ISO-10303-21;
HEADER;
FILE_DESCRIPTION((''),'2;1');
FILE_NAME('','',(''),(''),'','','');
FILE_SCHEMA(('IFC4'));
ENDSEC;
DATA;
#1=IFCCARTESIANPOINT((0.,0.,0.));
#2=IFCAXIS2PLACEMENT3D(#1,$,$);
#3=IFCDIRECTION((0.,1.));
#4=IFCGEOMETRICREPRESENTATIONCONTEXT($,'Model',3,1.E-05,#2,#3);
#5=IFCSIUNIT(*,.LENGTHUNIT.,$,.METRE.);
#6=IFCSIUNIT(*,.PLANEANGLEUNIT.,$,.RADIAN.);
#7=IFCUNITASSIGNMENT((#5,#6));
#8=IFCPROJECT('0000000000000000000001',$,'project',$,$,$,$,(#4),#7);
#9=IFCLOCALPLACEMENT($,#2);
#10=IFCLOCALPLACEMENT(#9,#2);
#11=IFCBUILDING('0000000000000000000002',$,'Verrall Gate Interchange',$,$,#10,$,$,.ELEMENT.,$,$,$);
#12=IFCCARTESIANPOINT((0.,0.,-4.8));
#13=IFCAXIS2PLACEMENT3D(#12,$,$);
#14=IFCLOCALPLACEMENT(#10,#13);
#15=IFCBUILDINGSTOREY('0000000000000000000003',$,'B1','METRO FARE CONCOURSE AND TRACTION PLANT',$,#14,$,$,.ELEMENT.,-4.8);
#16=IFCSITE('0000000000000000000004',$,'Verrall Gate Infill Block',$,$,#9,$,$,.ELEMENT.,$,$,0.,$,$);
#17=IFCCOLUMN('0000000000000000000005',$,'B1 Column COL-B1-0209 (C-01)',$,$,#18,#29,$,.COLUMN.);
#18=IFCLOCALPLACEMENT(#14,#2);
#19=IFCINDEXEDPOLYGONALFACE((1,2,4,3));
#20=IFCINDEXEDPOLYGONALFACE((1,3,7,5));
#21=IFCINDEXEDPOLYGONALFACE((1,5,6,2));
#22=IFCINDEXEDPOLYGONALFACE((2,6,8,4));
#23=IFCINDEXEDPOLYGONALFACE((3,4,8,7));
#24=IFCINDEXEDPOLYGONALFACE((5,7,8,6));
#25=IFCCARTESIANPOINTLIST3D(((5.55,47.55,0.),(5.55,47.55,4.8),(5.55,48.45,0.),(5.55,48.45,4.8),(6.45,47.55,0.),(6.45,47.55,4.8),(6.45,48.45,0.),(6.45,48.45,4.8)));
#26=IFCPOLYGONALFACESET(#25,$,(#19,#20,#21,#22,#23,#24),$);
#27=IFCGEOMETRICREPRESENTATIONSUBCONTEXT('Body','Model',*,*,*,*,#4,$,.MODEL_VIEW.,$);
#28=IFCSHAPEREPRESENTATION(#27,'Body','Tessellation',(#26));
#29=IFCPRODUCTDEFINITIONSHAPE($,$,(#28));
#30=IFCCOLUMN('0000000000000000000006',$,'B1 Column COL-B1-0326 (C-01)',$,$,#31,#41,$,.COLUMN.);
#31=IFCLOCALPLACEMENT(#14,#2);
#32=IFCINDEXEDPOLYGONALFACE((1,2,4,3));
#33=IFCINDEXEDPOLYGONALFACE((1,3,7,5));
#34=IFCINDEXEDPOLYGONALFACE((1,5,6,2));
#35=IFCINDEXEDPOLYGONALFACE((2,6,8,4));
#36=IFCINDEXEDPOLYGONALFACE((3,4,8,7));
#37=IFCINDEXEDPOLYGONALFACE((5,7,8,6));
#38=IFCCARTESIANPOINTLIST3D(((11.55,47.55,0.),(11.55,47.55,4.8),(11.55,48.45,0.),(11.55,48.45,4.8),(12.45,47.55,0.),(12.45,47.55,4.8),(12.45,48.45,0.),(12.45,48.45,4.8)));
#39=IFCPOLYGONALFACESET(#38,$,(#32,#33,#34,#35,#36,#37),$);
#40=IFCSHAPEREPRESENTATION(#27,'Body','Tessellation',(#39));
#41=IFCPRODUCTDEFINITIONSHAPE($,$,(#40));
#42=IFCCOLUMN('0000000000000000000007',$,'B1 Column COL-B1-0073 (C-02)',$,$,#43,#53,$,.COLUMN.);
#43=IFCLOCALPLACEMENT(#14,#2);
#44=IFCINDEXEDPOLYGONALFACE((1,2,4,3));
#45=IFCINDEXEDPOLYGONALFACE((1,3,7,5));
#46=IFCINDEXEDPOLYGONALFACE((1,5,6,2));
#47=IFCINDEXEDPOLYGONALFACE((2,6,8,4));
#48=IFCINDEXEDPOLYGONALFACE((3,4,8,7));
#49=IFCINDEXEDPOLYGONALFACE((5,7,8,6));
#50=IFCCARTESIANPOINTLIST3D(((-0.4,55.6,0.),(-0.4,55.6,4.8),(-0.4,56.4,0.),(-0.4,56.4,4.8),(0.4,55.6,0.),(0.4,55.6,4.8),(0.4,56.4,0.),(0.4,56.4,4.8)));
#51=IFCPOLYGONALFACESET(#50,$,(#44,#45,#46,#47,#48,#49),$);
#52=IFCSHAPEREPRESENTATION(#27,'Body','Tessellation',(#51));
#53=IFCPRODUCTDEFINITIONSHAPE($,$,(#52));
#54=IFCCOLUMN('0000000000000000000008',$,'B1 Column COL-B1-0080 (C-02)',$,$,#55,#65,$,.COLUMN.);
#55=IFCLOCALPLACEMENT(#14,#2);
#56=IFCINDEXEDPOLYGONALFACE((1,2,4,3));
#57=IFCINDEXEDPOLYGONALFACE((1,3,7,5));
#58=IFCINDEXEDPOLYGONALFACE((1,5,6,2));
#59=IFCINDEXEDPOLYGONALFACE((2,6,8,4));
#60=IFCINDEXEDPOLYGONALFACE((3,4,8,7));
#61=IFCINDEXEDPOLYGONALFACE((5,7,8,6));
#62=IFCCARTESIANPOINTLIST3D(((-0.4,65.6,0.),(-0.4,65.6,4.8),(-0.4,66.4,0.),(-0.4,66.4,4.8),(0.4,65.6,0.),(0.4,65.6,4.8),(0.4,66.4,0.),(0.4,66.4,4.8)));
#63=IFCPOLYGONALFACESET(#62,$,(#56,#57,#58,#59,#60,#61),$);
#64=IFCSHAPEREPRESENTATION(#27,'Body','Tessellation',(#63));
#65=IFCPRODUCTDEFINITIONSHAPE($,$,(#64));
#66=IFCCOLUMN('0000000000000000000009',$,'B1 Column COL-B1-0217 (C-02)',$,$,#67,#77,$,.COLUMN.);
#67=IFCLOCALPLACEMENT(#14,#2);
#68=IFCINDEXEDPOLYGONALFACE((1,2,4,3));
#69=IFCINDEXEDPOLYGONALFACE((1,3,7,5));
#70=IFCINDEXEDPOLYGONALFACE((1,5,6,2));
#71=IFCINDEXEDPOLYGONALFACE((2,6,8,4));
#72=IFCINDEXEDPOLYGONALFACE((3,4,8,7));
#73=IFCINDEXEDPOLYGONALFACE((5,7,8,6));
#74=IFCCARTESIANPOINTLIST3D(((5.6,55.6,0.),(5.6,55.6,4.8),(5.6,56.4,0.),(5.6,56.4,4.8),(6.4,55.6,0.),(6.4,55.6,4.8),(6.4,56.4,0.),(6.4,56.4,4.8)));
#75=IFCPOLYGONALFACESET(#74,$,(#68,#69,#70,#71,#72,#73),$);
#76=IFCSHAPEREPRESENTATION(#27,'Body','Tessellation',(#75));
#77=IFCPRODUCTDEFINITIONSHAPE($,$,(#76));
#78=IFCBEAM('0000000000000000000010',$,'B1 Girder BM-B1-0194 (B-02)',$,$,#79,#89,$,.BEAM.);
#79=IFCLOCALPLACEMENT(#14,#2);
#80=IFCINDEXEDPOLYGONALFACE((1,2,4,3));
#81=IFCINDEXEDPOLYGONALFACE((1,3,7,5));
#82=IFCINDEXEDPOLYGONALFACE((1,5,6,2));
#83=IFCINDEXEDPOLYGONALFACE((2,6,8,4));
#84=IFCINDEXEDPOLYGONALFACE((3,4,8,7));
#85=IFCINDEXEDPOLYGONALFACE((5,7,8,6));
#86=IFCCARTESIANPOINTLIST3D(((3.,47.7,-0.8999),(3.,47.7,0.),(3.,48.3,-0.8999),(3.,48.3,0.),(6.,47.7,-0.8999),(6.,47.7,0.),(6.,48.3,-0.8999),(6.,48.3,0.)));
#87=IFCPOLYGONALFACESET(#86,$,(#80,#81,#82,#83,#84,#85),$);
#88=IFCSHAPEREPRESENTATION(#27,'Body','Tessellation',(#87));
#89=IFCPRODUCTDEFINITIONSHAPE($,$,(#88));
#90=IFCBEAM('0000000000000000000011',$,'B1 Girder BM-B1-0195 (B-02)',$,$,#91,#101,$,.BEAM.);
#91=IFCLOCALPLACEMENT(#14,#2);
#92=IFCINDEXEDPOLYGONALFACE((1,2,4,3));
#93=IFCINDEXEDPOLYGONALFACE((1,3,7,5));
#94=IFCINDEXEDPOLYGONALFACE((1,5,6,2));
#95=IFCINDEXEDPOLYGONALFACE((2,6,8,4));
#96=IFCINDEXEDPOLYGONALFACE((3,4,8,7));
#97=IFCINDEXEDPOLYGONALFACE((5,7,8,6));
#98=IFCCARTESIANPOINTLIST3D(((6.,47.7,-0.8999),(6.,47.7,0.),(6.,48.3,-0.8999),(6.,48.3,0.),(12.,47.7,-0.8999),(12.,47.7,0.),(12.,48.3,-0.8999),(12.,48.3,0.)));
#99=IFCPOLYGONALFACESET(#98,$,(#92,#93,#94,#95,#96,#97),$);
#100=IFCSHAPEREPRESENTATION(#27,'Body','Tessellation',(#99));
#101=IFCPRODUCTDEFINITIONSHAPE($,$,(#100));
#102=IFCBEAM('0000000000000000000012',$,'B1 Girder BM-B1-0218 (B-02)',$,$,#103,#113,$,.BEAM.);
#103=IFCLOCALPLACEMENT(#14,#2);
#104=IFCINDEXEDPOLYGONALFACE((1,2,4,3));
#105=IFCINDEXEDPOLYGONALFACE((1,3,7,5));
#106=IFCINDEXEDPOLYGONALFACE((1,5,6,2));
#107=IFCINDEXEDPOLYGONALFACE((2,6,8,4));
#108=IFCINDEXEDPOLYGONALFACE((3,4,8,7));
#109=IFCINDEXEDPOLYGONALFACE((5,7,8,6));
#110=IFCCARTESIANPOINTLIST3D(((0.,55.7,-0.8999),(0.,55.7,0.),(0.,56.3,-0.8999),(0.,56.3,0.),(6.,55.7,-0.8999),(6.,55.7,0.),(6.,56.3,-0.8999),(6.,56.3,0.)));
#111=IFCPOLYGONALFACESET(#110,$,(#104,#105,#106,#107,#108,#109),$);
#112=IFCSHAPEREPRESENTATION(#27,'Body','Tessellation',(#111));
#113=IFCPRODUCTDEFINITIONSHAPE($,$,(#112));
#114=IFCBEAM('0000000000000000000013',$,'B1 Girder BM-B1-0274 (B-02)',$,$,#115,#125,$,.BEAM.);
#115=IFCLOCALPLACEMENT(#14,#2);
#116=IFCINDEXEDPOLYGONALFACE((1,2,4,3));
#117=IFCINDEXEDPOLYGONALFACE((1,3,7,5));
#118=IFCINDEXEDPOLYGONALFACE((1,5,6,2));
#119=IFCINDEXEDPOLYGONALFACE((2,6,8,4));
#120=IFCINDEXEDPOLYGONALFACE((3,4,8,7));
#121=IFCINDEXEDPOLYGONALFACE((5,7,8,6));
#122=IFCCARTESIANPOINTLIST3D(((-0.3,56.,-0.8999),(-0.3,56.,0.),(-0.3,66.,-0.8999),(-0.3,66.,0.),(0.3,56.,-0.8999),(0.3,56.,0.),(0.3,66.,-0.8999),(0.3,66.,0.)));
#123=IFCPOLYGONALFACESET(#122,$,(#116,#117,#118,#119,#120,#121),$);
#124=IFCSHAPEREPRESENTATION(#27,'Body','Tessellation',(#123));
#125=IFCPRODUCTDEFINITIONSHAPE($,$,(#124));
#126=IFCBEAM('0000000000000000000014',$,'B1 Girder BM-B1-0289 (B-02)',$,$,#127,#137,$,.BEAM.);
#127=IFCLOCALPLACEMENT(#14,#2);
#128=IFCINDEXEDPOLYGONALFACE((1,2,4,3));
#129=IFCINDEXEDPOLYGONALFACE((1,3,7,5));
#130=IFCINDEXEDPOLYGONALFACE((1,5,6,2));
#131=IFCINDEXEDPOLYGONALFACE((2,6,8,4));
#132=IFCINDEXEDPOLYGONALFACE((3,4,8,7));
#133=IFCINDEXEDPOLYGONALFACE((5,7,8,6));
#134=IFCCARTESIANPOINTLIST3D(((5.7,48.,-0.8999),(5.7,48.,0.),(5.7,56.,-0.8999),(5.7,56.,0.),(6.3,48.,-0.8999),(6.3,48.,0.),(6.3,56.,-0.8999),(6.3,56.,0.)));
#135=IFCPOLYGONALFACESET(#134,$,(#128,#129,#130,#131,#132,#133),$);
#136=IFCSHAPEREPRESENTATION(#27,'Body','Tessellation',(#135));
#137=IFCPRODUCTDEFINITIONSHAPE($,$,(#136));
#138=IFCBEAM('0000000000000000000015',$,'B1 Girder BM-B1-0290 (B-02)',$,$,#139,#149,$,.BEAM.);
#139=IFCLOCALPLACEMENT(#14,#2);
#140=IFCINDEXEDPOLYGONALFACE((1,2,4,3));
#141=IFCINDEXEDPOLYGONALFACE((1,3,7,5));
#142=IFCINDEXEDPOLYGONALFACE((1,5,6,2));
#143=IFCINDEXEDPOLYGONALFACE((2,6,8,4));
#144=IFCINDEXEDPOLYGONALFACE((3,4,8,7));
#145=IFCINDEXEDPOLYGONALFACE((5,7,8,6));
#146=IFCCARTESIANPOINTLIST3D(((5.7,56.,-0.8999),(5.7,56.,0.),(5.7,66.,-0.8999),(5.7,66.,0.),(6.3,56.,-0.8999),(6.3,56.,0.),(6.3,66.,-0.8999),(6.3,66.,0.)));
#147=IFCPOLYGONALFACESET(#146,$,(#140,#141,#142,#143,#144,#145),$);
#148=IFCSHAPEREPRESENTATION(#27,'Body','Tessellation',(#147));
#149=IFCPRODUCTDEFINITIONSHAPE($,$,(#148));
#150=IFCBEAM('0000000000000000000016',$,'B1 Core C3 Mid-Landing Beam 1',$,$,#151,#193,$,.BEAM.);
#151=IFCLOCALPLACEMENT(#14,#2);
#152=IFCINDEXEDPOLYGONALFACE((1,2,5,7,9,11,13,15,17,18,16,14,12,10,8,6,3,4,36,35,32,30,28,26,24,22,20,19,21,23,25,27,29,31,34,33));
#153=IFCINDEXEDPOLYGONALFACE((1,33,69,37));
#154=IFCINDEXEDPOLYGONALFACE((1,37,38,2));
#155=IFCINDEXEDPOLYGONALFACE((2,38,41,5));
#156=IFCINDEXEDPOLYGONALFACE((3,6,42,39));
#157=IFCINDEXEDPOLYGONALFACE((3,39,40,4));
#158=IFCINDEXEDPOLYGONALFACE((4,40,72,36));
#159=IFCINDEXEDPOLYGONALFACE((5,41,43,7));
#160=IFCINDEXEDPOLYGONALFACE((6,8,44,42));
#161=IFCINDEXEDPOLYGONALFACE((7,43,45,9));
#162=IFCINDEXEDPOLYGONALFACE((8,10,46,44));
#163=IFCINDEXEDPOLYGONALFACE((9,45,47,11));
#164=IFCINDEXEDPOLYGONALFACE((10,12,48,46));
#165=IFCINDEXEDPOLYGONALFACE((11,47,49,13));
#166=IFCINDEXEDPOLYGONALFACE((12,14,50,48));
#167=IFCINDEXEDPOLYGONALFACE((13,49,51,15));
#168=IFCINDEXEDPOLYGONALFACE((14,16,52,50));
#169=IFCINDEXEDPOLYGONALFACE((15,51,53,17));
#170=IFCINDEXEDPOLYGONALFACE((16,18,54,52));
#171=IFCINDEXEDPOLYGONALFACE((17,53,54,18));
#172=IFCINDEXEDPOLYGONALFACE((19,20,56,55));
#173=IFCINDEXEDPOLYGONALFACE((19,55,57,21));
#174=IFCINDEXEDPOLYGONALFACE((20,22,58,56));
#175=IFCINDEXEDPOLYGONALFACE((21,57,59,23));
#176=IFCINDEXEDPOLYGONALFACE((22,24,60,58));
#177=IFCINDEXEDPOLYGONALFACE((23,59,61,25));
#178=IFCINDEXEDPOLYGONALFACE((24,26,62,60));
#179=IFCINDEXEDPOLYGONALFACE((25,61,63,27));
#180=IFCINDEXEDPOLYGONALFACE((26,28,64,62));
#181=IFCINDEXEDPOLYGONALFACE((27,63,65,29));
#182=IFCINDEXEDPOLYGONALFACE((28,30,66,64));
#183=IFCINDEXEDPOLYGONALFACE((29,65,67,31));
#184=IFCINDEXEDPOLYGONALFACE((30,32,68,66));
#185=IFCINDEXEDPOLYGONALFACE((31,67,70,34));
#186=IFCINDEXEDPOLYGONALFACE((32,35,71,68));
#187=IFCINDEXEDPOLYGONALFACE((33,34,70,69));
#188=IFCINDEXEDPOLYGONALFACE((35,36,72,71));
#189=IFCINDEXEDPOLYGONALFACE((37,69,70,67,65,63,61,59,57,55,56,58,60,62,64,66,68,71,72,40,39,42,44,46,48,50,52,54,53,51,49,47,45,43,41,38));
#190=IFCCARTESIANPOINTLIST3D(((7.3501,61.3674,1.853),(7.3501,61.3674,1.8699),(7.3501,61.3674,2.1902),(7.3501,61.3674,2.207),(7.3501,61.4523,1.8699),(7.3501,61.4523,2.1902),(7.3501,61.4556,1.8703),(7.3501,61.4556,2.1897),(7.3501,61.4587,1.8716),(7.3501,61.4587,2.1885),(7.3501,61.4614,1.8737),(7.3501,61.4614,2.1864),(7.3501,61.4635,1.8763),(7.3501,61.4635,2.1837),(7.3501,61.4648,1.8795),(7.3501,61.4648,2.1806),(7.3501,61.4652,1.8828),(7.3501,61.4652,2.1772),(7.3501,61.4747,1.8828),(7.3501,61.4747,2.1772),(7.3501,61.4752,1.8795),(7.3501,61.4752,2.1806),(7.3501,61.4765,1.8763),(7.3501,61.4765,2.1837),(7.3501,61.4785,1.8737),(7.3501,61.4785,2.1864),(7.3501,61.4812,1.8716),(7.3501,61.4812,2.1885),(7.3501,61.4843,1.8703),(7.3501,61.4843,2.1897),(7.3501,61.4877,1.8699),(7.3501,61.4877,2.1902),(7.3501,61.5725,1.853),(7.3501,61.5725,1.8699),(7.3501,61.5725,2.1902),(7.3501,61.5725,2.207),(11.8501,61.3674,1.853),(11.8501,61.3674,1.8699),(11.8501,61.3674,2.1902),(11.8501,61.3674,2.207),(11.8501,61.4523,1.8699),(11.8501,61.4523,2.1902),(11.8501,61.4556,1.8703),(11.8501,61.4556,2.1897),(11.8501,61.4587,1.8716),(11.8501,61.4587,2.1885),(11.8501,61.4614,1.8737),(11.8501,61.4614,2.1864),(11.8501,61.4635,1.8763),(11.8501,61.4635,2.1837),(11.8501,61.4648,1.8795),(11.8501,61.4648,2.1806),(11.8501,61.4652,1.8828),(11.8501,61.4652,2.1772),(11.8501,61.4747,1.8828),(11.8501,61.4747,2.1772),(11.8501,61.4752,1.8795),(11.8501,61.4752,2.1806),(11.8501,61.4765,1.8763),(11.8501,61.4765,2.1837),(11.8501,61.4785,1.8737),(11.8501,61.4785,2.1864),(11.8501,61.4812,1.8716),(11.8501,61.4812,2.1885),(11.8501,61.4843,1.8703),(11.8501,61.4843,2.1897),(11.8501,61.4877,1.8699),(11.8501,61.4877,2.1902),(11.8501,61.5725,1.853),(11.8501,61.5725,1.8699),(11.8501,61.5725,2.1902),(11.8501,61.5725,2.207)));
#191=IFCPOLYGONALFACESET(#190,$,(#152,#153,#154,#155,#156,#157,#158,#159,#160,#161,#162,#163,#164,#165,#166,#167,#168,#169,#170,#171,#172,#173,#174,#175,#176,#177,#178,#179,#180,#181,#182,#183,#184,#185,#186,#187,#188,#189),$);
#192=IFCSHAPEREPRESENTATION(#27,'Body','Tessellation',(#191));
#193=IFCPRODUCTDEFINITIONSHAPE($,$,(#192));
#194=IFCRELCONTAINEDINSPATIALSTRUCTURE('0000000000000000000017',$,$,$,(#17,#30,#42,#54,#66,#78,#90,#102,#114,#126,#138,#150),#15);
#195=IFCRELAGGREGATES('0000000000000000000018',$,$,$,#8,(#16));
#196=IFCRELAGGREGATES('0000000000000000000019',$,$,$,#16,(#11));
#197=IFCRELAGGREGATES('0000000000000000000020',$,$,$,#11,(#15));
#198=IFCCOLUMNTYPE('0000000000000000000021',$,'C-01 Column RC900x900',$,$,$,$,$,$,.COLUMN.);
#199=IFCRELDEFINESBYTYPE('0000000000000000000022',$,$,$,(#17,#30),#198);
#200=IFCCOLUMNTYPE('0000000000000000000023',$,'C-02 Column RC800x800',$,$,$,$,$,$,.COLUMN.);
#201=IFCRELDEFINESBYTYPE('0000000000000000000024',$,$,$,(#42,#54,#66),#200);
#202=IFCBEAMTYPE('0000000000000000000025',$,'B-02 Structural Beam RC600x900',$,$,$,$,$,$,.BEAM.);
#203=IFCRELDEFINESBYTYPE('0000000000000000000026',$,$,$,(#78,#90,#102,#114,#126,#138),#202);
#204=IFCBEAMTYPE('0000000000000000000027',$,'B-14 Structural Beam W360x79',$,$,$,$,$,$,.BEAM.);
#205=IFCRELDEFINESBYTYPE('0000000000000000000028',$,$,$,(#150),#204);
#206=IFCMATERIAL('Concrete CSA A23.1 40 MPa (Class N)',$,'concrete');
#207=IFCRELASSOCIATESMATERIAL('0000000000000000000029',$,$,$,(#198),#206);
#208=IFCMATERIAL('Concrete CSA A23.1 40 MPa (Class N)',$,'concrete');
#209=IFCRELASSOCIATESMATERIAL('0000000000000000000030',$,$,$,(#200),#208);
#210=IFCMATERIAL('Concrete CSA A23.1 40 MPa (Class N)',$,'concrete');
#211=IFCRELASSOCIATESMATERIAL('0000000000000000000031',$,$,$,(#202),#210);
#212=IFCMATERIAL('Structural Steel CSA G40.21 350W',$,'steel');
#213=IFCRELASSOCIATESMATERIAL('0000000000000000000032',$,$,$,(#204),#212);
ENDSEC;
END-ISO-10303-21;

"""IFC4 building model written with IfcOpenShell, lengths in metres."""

from ifc_helpers import new_model, si_unit, direction, frame, origin, origin_2d, place, context, subcontext, project, spatial, rectangle, i_section, extrude, material, material_profile, profile_set, type_object, element, save


model = new_model("IFC4")

# Units and contexts
model_context = context("Model", 3, precision=1e-05, world=origin(), true_north=direction((0.0, 1.0)))
body_context = subcontext(model_context, "Body", "Model", "MODEL_VIEW")
ifc_project = project(units=[si_unit("LENGTHUNIT", "METRE"), si_unit("PLANEANGLEUNIT", "RADIAN")], contexts=[model_context])

# Site, building, storey
site_placement = place(None, origin())
site = spatial("IfcSite", under=ifc_project, at=site_placement, Name="Verrall Gate Infill Block", CompositionType="ELEMENT", RefElevation=0.0)
building_placement = place(site_placement, origin())
building = spatial("IfcBuilding", under=site, at=building_placement, Name="Verrall Gate Interchange", CompositionType="ELEMENT")
storey_placement = place(building_placement, frame((0.0, 0.0, -4.8)))
storey = spatial("IfcBuildingStorey", under=building, at=storey_placement, Name="B1", Description="METRO FARE CONCOURSE AND TRACTION PLANT", CompositionType="ELEMENT", Elevation=-4.8)

# Columns
ifc_material_1 = material(Name="Concrete CSA A23.1 40 MPa (Class N)", Category="concrete")
ifc_material_profile_1 = material_profile(ifc_material_1, rectangle(XDim=0.8999, YDim=0.8999, at=origin_2d()), Name="RC900x900")
ifc_profile_set_1 = profile_set([ifc_material_profile_1], Name="Concrete CSA A23.1 40 MPa (Class N)")
column_type_1 = type_object("IfcColumnType", Name="C-01 Column RC900x900", PredefinedType="COLUMN", material=ifc_profile_set_1)
for number, where, z_axis, x_axis, name in (
    (1, (6.0, 48.0, 0.0), (0.0, 0.0, 1.0), (1.0, 0.0, 0.0), "B1 Column COL-B1-0209 (C-01)"),
    (2, (12.0, 48.0, 0.0), (0.0, 0.0, 1.0), (1.0, 0.0, 0.0), "B1 Column COL-B1-0326 (C-01)"),
):
    element("IfcColumn", number, at=place(storey_placement, frame(where, z_axis=z_axis, x_axis=x_axis)), inside=storey, type_object=column_type_1, Name=name, PredefinedType="COLUMN", context=body_context, shape_type="SweptSolid", body=[
        extrude(rectangle(XDim=0.8999, YDim=0.8999, at=origin_2d()), origin(), (0.0, 0.0, 1.0), 4.8),
    ])
ifc_material_2 = material(Name="Concrete CSA A23.1 40 MPa (Class N)", Category="concrete")
ifc_material_profile_2 = material_profile(ifc_material_2, rectangle(XDim=0.8, YDim=0.8, at=origin_2d()), Name="RC800x800")
ifc_profile_set_2 = profile_set([ifc_material_profile_2], Name="Concrete CSA A23.1 40 MPa (Class N)")
column_type_2 = type_object("IfcColumnType", Name="C-02 Column RC800x800", PredefinedType="COLUMN", material=ifc_profile_set_2)
for number, where, z_axis, x_axis, name in (
    (3, (0.0, 56.0, 0.0), (0.0, 0.0, 1.0), (1.0, 0.0, 0.0), "B1 Column COL-B1-0073 (C-02)"),
    (4, (0.0, 66.0, 0.0), (0.0, 0.0, 1.0), (1.0, 0.0, 0.0), "B1 Column COL-B1-0080 (C-02)"),
    (5, (6.0, 56.0, 0.0), (0.0, 0.0, 1.0), (1.0, 0.0, 0.0), "B1 Column COL-B1-0217 (C-02)"),
):
    element("IfcColumn", number, at=place(storey_placement, frame(where, z_axis=z_axis, x_axis=x_axis)), inside=storey, type_object=column_type_2, Name=name, PredefinedType="COLUMN", context=body_context, shape_type="SweptSolid", body=[
        extrude(rectangle(XDim=0.8, YDim=0.8, at=origin_2d()), origin(), (0.0, 0.0, 1.0), 4.8),
    ])

# Beams
ifc_material_3 = material(Name="Concrete CSA A23.1 40 MPa (Class N)", Category="concrete")
ifc_material_profile_3 = material_profile(ifc_material_3, rectangle(XDim=0.6001, YDim=0.8999, at=origin_2d()), Name="RC600x900")
ifc_profile_set_3 = profile_set([ifc_material_profile_3], Name="Concrete CSA A23.1 40 MPa (Class N)")
beam_type_1 = type_object("IfcBeamType", Name="B-02 Structural Beam RC600x900", PredefinedType="BEAM", material=ifc_profile_set_3)
beam_1_placement = place(storey_placement, frame((3.0, 48.0, -0.45), z_axis=(1.0, 0.0, 0.0), x_axis=(0.0, 1.0, 0.0)))
element("IfcBeam", 6, at=beam_1_placement, inside=storey, type_object=beam_type_1, Name="B1 Girder BM-B1-0194 (B-02)", PredefinedType="BEAM", context=body_context, shape_type="SweptSolid", body=[
    extrude(rectangle(XDim=0.6001, YDim=0.8999, at=origin_2d()), origin(), (0.0, 0.0, 1.0), 3.0),
])
for number, where, z_axis, x_axis, name in (
    (7, (6.0, 48.0, -0.45), (1.0, 0.0, 0.0), (0.0, 1.0, 0.0), "B1 Girder BM-B1-0195 (B-02)"),
    (8, (0.0, 56.0, -0.45), (1.0, 0.0, 0.0), (0.0, 1.0, 0.0), "B1 Girder BM-B1-0218 (B-02)"),
):
    element("IfcBeam", number, at=place(storey_placement, frame(where, z_axis=z_axis, x_axis=x_axis)), inside=storey, type_object=beam_type_1, Name=name, PredefinedType="BEAM", context=body_context, shape_type="SweptSolid", body=[
        extrude(rectangle(XDim=0.6001, YDim=0.8999, at=origin_2d()), origin(), (0.0, 0.0, 1.0), 6.0),
    ])
beam_2_placement = place(storey_placement, frame((0.0, 56.0, -0.45), z_axis=(0.0, 1.0, 0.0), x_axis=(-1.0, 0.0, 0.0)))
element("IfcBeam", 9, at=beam_2_placement, inside=storey, type_object=beam_type_1, Name="B1 Girder BM-B1-0274 (B-02)", PredefinedType="BEAM", context=body_context, shape_type="SweptSolid", body=[
    extrude(rectangle(XDim=0.6001, YDim=0.8999, at=origin_2d()), origin(), (0.0, 0.0, 1.0), 10.0),
])
beam_3_placement = place(storey_placement, frame((6.0, 48.0, -0.45), z_axis=(0.0, 1.0, 0.0), x_axis=(-1.0, 0.0, 0.0)))
element("IfcBeam", 10, at=beam_3_placement, inside=storey, type_object=beam_type_1, Name="B1 Girder BM-B1-0289 (B-02)", PredefinedType="BEAM", context=body_context, shape_type="SweptSolid", body=[
    extrude(rectangle(XDim=0.6001, YDim=0.8999, at=origin_2d()), origin(), (0.0, 0.0, 1.0), 8.0),
])
beam_4_placement = place(storey_placement, frame((6.0, 56.0, -0.45), z_axis=(0.0, 1.0, 0.0), x_axis=(-1.0, 0.0, 0.0)))
element("IfcBeam", 11, at=beam_4_placement, inside=storey, type_object=beam_type_1, Name="B1 Girder BM-B1-0290 (B-02)", PredefinedType="BEAM", context=body_context, shape_type="SweptSolid", body=[
    extrude(rectangle(XDim=0.6001, YDim=0.8999, at=origin_2d()), origin(), (0.0, 0.0, 1.0), 10.0),
])
ifc_material_4 = material(Name="Structural Steel CSA G40.21 350W", Category="steel")
ifc_material_profile_4 = material_profile(ifc_material_4, i_section(OverallWidth=0.2051, OverallDepth=0.354, WebThickness=0.0095, FlangeThickness=0.0168, FilletRadius=0.0129, at=origin_2d()), Name="W360x79")
ifc_profile_set_4 = profile_set([ifc_material_profile_4], Name="Structural Steel CSA G40.21 350W")
beam_type_2 = type_object("IfcBeamType", Name="B-14 Structural Beam W360x79", PredefinedType="BEAM", material=ifc_profile_set_4)
for number, where, z_axis, x_axis, name in (
    (12, (7.3501, 61.47, 2.03), (1.0, 0.0, 0.0), (0.0, 1.0, 0.0), "B1 Core C3 Mid-Landing Beam 1"),
):
    element("IfcBeam", number, at=place(storey_placement, frame(where, z_axis=z_axis, x_axis=x_axis)), inside=storey, type_object=beam_type_2, Name=name, PredefinedType="BEAM", context=body_context, shape_type="SweptSolid", body=[
        extrude(i_section(OverallWidth=0.2051, OverallDepth=0.354, WebThickness=0.0095, FlangeThickness=0.0168, FilletRadius=0.0129, at=origin_2d()), origin(), (0.0, 0.0, 1.0), 4.5),
    ])

save(model, "model.ifc")
